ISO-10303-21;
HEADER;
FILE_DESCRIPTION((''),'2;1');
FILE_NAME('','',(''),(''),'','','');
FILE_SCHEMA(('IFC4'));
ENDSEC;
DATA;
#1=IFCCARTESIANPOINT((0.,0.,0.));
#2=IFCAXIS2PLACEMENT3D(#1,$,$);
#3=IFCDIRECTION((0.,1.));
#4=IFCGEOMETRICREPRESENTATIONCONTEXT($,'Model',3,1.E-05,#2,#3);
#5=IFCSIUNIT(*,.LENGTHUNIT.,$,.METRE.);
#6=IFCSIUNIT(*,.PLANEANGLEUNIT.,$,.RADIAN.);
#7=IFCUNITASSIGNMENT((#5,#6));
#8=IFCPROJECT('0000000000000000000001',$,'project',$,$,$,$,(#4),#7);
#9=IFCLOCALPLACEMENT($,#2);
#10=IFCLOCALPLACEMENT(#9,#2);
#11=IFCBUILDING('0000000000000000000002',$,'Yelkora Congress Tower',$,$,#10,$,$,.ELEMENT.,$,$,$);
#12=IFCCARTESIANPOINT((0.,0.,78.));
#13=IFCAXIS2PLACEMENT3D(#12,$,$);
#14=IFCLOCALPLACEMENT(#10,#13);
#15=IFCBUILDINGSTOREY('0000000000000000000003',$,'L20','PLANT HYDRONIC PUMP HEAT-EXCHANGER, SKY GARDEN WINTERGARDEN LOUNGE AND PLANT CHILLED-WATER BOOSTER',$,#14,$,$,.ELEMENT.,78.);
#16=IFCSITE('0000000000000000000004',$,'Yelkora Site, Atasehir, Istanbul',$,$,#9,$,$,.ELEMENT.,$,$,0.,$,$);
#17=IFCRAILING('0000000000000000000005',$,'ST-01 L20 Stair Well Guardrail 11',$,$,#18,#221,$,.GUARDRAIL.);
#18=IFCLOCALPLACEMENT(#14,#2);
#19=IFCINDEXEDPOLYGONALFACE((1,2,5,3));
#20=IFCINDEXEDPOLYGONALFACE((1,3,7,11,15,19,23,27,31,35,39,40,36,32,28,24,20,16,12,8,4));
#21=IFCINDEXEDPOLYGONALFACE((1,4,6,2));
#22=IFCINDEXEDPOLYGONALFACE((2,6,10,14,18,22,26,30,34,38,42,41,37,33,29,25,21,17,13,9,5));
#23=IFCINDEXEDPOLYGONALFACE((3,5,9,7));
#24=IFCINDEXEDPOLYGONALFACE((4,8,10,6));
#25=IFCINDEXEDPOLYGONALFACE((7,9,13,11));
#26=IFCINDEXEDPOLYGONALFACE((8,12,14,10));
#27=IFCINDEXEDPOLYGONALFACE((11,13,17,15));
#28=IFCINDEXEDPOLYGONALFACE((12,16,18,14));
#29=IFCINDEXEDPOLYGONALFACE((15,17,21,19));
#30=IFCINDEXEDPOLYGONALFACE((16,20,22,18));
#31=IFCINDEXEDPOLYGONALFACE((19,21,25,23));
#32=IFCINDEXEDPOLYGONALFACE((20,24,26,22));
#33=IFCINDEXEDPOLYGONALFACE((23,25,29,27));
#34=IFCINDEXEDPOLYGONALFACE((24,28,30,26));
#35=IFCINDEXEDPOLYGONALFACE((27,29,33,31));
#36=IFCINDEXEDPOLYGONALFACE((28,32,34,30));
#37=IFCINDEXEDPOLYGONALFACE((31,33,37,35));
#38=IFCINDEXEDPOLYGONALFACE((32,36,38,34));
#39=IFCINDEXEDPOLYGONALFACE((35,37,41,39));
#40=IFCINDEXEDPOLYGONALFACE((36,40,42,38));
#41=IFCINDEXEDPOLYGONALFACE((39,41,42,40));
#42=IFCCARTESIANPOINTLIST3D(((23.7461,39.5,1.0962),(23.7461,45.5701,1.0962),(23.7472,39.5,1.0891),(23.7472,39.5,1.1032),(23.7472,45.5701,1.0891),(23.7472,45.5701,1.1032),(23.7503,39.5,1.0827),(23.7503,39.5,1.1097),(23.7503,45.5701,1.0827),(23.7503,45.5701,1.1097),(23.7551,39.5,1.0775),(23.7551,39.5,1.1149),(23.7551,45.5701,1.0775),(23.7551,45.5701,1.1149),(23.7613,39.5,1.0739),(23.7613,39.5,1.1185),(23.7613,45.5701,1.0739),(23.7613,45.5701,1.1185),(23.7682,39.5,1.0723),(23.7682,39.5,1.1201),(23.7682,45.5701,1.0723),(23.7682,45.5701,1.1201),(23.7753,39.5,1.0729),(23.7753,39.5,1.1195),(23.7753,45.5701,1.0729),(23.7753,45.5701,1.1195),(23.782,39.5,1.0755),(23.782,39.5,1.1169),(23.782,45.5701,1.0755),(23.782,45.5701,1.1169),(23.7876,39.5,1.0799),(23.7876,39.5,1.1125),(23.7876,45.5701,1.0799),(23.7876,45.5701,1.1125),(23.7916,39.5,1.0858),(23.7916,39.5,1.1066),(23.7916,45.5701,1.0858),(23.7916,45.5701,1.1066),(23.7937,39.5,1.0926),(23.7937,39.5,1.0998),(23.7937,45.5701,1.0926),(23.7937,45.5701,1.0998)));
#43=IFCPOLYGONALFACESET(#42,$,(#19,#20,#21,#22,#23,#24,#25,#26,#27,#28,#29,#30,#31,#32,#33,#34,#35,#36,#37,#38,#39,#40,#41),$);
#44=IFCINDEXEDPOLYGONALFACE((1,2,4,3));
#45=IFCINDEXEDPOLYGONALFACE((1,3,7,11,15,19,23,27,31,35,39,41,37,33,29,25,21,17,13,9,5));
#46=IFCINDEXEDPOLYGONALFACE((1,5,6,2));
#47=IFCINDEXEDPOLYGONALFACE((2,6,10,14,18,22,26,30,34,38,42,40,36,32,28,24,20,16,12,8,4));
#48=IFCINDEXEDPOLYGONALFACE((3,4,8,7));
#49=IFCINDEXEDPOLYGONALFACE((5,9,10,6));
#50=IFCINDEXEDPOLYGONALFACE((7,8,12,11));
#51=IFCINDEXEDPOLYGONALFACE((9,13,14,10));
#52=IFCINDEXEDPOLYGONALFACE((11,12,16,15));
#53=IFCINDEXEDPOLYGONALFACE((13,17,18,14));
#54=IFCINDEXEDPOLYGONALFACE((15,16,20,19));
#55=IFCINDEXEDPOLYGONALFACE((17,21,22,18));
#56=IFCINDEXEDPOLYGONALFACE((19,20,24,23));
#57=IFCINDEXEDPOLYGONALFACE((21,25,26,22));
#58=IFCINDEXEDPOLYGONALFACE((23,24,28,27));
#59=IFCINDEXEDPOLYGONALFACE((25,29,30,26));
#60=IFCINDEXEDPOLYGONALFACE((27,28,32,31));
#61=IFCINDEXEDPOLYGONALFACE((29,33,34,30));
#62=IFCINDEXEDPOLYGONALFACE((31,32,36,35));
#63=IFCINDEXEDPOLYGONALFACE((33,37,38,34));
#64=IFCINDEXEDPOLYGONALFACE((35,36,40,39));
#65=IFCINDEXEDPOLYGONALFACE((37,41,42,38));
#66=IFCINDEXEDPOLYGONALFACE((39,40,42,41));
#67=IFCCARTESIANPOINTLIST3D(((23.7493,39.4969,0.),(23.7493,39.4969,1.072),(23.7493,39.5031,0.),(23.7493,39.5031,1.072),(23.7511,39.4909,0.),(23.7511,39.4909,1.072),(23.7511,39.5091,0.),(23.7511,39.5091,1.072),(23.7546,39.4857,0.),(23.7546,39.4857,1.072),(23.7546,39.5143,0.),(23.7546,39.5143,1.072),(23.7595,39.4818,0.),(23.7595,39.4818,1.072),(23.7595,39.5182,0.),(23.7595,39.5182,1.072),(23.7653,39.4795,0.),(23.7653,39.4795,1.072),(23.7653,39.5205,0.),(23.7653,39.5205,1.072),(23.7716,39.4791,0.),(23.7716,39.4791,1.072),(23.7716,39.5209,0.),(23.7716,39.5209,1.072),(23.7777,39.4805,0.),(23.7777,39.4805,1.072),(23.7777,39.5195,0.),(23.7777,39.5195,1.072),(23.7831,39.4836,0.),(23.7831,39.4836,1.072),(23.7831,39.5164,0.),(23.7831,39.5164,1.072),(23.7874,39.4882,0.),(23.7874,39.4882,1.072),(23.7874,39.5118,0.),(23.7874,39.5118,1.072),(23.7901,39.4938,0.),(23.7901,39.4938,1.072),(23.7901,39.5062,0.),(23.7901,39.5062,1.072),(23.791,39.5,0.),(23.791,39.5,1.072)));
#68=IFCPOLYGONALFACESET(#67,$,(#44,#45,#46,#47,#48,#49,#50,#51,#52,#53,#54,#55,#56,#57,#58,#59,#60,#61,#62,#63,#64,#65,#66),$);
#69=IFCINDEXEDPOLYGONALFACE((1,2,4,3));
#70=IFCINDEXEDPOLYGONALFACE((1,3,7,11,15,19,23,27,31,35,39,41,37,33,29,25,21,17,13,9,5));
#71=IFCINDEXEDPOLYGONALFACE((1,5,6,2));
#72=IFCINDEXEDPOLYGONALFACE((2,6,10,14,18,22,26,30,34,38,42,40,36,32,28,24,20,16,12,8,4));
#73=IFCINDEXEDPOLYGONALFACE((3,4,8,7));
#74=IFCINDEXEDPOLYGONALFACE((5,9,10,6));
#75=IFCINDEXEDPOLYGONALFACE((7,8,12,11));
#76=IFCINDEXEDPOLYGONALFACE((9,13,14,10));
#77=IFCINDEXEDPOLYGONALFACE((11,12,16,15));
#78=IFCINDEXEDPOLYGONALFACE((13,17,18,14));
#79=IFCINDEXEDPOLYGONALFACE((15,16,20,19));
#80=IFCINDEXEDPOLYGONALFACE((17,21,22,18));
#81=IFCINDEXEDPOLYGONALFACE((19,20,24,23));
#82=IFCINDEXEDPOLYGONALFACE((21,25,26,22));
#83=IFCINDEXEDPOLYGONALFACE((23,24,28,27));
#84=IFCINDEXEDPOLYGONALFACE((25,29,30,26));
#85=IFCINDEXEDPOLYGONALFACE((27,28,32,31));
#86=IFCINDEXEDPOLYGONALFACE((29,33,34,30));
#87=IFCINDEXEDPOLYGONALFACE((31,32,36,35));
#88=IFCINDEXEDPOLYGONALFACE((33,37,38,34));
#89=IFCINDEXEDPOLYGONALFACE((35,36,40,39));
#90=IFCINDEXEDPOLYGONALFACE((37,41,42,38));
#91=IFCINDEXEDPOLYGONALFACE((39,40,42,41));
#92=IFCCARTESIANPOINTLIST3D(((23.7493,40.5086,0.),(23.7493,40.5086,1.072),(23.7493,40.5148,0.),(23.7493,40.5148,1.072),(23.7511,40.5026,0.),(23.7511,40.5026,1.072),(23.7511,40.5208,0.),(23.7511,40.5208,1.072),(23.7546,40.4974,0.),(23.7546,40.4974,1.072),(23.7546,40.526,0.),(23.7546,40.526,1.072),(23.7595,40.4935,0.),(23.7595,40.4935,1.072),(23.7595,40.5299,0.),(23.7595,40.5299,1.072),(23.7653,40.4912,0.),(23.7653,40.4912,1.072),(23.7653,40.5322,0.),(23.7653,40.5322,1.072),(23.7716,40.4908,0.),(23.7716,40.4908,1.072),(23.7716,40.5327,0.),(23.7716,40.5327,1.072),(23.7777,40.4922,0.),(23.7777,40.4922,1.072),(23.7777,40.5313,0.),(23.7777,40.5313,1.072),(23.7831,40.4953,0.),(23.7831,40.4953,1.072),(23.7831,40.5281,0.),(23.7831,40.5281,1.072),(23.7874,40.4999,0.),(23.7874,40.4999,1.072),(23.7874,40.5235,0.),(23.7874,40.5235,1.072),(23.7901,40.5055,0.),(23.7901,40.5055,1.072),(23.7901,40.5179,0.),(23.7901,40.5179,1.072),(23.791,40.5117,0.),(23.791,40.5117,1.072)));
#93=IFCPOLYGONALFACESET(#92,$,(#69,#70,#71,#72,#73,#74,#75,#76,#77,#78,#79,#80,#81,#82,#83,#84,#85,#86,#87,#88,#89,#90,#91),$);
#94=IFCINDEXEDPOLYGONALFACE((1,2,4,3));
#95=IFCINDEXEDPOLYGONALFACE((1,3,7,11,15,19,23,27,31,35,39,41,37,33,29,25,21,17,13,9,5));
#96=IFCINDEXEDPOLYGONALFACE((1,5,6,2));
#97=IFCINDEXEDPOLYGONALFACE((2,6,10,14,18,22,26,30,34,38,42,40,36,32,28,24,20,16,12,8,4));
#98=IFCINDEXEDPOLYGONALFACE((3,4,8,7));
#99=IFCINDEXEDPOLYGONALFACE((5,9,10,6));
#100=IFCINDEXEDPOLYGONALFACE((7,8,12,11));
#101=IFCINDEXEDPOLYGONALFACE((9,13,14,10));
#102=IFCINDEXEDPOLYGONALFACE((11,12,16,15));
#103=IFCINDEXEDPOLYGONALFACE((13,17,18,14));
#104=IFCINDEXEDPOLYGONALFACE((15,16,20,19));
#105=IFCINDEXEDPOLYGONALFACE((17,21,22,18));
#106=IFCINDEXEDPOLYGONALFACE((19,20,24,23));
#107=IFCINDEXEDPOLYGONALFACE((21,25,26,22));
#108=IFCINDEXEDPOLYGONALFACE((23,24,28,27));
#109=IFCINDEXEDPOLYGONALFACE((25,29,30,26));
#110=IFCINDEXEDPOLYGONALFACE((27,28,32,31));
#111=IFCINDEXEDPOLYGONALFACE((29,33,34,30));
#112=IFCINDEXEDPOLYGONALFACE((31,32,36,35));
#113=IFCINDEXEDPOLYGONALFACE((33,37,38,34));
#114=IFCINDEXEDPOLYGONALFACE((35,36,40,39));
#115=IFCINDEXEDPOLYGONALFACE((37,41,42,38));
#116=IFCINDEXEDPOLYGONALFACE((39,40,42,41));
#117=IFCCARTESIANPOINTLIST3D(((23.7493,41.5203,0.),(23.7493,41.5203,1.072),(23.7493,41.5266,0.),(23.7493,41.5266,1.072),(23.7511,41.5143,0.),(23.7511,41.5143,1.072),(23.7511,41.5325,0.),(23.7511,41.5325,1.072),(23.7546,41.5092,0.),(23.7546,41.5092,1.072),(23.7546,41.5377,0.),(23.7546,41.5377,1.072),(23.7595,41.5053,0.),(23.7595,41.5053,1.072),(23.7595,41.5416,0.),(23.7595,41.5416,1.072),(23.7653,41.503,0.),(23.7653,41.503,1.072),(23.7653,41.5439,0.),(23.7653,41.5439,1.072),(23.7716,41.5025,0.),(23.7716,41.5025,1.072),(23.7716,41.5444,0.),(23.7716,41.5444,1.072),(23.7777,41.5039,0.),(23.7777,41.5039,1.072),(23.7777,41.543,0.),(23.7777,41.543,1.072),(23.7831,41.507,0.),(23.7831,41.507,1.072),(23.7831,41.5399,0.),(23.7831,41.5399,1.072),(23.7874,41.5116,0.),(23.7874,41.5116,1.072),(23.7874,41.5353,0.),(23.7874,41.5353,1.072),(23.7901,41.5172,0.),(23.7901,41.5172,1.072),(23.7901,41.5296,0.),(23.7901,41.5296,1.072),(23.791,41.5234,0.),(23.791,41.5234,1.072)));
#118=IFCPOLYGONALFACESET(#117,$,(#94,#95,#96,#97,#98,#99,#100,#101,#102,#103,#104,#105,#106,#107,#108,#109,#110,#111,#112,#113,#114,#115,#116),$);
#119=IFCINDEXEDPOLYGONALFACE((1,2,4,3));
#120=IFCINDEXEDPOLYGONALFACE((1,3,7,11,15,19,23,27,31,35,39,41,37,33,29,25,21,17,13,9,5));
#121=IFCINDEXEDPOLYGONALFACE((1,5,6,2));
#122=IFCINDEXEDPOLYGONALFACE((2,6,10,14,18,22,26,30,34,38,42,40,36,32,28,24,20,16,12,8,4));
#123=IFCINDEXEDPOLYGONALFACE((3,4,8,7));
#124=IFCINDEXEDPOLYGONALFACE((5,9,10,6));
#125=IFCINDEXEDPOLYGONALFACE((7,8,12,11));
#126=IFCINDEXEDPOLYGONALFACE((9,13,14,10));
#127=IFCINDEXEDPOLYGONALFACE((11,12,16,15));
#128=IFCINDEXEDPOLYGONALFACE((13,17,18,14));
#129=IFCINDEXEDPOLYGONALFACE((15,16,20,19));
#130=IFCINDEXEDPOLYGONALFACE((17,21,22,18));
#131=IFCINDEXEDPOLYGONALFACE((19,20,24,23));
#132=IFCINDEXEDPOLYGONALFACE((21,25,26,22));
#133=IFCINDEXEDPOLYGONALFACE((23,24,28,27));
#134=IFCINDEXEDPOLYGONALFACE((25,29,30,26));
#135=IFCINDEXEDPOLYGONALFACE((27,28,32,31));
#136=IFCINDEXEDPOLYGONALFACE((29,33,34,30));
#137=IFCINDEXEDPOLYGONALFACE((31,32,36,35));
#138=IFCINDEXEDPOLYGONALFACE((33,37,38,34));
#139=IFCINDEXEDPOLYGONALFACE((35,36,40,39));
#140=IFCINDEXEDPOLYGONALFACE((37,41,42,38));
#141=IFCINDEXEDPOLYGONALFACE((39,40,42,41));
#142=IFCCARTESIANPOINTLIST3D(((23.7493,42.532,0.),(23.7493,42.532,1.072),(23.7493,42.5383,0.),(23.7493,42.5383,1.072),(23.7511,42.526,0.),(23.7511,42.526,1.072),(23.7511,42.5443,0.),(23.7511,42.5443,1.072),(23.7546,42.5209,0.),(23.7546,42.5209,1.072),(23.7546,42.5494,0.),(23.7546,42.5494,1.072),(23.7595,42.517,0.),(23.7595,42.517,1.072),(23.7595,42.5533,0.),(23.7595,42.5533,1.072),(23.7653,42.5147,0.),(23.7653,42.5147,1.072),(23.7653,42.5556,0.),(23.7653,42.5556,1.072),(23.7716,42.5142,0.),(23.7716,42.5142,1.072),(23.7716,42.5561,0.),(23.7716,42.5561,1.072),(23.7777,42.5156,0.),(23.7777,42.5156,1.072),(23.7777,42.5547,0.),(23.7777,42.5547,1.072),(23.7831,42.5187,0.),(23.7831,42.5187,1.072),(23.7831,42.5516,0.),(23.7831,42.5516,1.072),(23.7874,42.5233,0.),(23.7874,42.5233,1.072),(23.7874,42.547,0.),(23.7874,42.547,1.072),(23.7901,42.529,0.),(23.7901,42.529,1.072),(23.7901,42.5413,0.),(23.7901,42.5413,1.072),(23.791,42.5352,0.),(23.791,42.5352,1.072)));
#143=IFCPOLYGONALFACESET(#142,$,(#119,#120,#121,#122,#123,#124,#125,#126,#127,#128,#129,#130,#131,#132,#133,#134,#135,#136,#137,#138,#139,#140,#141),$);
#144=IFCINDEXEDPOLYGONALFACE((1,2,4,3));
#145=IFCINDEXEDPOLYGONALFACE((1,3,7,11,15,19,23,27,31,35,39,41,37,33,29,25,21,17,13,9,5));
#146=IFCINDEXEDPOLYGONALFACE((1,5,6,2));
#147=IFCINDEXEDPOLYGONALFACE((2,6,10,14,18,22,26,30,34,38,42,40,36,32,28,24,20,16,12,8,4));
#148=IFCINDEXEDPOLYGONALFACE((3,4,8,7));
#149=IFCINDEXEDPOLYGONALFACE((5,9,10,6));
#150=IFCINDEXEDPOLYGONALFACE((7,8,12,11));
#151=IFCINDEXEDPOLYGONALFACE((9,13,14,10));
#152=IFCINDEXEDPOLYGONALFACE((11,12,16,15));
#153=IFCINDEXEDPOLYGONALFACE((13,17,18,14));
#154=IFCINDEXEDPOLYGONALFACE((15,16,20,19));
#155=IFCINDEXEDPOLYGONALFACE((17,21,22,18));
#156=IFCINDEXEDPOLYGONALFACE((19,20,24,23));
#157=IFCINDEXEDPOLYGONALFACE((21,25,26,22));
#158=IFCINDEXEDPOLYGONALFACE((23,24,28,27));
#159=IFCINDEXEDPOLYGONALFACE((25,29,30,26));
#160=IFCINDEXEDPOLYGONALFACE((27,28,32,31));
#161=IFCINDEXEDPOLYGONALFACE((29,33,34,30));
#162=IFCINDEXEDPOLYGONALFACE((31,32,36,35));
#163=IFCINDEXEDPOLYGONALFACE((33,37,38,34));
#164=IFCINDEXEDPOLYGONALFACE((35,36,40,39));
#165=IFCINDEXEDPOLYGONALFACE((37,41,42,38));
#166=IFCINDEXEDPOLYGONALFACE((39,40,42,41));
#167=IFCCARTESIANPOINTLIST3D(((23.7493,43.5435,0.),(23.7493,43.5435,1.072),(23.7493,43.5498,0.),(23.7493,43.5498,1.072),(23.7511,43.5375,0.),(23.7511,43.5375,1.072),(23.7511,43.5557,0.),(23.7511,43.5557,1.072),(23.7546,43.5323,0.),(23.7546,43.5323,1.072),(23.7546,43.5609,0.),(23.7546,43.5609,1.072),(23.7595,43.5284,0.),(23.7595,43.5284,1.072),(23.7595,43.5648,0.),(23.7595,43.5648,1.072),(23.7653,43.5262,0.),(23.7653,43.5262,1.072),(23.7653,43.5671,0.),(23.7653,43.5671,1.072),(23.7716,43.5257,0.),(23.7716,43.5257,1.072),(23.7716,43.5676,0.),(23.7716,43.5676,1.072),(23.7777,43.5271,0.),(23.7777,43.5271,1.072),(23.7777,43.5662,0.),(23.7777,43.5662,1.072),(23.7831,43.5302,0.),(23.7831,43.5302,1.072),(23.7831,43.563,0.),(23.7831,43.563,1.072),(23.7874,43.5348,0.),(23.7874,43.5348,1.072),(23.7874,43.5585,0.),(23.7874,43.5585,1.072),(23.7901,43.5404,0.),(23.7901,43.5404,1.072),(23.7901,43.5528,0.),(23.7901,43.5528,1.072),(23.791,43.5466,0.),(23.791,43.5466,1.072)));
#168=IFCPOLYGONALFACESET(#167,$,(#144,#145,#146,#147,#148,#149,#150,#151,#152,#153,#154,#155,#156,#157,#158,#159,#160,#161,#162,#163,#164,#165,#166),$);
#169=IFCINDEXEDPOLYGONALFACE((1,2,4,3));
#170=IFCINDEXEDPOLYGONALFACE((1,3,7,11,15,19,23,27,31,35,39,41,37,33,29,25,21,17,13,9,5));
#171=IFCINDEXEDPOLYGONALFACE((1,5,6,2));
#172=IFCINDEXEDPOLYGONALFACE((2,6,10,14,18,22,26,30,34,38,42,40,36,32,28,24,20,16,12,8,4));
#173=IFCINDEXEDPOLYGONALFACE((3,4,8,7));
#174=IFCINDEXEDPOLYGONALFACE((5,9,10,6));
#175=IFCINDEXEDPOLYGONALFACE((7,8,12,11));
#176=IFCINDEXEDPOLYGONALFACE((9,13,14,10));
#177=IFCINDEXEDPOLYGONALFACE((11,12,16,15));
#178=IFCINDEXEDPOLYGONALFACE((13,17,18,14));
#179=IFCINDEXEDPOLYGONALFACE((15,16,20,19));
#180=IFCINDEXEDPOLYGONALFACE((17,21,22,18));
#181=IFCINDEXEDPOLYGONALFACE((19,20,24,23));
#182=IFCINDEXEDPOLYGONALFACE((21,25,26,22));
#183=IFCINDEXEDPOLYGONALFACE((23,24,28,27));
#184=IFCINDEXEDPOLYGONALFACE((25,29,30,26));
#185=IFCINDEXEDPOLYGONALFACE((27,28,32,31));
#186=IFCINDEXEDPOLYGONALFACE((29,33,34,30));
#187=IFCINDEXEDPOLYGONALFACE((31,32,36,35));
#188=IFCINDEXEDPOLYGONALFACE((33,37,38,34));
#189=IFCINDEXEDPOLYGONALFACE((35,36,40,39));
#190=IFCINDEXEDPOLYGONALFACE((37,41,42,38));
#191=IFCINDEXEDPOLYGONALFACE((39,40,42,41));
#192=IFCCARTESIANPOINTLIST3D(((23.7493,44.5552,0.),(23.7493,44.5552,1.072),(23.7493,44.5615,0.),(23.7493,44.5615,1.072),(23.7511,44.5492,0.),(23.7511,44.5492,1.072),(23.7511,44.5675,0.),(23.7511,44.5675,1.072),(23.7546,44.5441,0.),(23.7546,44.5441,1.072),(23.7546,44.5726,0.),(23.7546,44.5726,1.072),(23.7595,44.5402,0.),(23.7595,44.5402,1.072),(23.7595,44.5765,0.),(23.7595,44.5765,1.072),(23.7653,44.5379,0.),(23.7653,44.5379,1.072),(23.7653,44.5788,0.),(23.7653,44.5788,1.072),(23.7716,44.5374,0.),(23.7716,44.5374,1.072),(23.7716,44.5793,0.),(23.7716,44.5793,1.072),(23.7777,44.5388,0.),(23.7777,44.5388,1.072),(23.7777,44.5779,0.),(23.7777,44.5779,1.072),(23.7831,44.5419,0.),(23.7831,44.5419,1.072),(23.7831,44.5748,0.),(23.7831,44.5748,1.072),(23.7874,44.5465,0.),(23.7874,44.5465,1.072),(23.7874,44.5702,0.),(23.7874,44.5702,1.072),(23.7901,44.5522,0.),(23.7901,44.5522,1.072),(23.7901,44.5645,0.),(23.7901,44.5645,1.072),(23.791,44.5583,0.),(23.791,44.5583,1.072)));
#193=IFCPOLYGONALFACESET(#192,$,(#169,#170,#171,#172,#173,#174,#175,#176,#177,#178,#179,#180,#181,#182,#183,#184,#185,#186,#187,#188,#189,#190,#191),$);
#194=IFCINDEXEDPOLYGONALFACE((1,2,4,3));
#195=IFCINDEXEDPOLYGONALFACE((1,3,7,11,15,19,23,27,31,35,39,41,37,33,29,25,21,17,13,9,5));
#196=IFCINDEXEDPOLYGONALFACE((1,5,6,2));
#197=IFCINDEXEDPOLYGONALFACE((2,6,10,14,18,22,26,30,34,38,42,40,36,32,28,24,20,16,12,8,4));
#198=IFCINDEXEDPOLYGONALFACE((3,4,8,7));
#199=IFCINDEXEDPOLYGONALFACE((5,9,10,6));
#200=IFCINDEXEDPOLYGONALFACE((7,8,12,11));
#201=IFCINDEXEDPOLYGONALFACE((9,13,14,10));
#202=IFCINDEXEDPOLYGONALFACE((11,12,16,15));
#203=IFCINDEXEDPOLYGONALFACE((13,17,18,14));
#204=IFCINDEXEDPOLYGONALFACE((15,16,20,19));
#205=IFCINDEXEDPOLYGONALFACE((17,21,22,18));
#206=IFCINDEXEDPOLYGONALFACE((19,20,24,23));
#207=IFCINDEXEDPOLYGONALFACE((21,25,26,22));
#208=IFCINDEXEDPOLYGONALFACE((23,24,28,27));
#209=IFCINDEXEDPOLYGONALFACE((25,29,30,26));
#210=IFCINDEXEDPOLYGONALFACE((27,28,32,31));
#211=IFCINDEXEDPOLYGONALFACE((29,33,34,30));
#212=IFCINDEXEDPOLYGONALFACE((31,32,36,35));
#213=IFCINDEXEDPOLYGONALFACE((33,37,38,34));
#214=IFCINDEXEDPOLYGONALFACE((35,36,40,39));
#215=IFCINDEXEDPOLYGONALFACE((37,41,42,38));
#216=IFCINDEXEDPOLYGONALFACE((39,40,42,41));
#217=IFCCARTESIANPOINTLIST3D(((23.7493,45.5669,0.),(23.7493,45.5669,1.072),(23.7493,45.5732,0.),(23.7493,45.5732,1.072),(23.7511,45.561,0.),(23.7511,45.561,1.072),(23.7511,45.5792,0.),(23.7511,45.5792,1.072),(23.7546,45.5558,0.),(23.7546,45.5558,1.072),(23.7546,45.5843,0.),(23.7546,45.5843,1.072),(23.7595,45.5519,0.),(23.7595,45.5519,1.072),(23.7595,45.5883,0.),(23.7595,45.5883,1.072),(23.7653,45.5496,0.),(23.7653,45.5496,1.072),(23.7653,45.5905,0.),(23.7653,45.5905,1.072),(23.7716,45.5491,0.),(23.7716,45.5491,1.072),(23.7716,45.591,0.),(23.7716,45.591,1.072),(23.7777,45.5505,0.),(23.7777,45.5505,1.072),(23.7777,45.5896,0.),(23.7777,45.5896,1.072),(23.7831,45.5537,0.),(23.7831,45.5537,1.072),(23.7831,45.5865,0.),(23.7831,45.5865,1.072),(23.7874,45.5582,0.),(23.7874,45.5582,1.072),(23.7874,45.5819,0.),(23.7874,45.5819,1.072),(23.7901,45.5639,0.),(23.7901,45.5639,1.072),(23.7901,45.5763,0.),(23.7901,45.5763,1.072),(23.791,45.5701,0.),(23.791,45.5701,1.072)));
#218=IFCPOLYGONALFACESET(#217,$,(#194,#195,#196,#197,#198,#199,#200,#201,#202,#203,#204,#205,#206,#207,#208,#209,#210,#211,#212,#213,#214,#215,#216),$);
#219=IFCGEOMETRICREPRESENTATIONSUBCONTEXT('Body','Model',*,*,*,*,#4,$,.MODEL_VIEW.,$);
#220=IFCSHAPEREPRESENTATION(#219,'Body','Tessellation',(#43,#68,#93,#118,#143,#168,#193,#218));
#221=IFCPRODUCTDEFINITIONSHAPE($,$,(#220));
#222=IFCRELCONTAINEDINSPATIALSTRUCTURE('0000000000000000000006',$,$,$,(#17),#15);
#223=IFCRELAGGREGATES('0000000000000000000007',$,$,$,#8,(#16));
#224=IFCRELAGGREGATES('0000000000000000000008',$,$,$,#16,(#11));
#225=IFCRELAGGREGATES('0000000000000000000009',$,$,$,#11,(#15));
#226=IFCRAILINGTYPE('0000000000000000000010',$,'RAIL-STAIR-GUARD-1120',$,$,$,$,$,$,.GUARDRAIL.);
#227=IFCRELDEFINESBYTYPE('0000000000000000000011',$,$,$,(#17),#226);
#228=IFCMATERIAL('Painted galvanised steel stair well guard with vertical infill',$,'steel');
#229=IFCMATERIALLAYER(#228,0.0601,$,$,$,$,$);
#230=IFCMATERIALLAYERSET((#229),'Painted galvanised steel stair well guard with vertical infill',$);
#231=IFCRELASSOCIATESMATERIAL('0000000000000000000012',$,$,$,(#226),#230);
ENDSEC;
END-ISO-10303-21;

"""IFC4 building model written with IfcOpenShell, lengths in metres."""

from ifc_helpers import new_model, si_unit, direction, frame, origin, origin_2d, place, context, subcontext, project, spatial, circle, extrude, material, layer, layer_set, type_object, element, save


model = new_model("IFC4")

# Units and contexts
model_context = context("Model", 3, precision=1e-05, world=origin(), true_north=direction((0.0, 1.0)))
body_context = subcontext(model_context, "Body", "Model", "MODEL_VIEW")
ifc_project = project(units=[si_unit("LENGTHUNIT", "METRE"), si_unit("PLANEANGLEUNIT", "RADIAN")], contexts=[model_context])

# Site, building, storey
site_placement = place(None, origin())
site = spatial("IfcSite", under=ifc_project, at=site_placement, Name="Yelkora Site, Atasehir, Istanbul", CompositionType="ELEMENT", RefElevation=0.0)
building_placement = place(site_placement, origin())
building = spatial("IfcBuilding", under=site, at=building_placement, Name="Yelkora Congress Tower", CompositionType="ELEMENT")
storey_placement = place(building_placement, frame((0.0, 0.0, 78.0)))
storey = spatial("IfcBuildingStorey", under=building, at=storey_placement, Name="L20", Description="PLANT HYDRONIC PUMP HEAT-EXCHANGER, SKY GARDEN WINTERGARDEN LOUNGE AND PLANT CHILLED-WATER BOOSTER", CompositionType="ELEMENT", Elevation=78.0)

# Railing
ifc_material_1 = material(Name="Painted galvanised steel stair well guard with vertical infill", Category="steel")
ifc_layer_1 = layer(ifc_material_1, 0.0601)
ifc_layer_set_1 = layer_set([ifc_layer_1], Name="Painted galvanised steel stair well guard with vertical infill")
railing_type_1 = type_object("IfcRailingType", Name="RAIL-STAIR-GUARD-1120", PredefinedType="GUARDRAIL", material=ifc_layer_set_1)
railing_1_placement = place(storey_placement, frame((23.77, 39.5, 0.0)))
element("IfcRailing", 1, at=railing_1_placement, inside=storey, type_object=railing_type_1, Name="ST-01 L20 Stair Well Guardrail 11", PredefinedType="GUARDRAIL", context=body_context, shape_type="SweptSolid", body=[
    extrude(circle(Radius=0.0239, at=origin_2d()), frame((0.0, 0.0, 1.0962), z_axis=(0.0, 1.0, 0.0), x_axis=(-1.0, 0.0, 0.0)), (0.0, 0.0, 1.0), 6.0701),
    extrude(circle(Radius=0.021, at=origin_2d()), origin(), (0.0, 0.0, 1.0), 1.072),
    extrude(circle(Radius=0.021, at=origin_2d()), frame((0.0, 1.0117, 0.0)), (0.0, 0.0, 1.0), 1.072),
    extrude(circle(Radius=0.021, at=origin_2d()), frame((0.0, 2.0234, 0.0)), (0.0, 0.0, 1.0), 1.072),
    extrude(circle(Radius=0.021, at=origin_2d()), frame((0.0, 3.0352, 0.0)), (0.0, 0.0, 1.0), 1.072),
    extrude(circle(Radius=0.021, at=origin_2d()), frame((0.0, 4.0466, 0.0)), (0.0, 0.0, 1.0), 1.072),
    extrude(circle(Radius=0.021, at=origin_2d()), frame((0.0, 5.0583, 0.0)), (0.0, 0.0, 1.0), 1.072),
    extrude(circle(Radius=0.021, at=origin_2d()), frame((0.0, 6.0701, 0.0)), (0.0, 0.0, 1.0), 1.072),
])

save(model, "model.ifc")
